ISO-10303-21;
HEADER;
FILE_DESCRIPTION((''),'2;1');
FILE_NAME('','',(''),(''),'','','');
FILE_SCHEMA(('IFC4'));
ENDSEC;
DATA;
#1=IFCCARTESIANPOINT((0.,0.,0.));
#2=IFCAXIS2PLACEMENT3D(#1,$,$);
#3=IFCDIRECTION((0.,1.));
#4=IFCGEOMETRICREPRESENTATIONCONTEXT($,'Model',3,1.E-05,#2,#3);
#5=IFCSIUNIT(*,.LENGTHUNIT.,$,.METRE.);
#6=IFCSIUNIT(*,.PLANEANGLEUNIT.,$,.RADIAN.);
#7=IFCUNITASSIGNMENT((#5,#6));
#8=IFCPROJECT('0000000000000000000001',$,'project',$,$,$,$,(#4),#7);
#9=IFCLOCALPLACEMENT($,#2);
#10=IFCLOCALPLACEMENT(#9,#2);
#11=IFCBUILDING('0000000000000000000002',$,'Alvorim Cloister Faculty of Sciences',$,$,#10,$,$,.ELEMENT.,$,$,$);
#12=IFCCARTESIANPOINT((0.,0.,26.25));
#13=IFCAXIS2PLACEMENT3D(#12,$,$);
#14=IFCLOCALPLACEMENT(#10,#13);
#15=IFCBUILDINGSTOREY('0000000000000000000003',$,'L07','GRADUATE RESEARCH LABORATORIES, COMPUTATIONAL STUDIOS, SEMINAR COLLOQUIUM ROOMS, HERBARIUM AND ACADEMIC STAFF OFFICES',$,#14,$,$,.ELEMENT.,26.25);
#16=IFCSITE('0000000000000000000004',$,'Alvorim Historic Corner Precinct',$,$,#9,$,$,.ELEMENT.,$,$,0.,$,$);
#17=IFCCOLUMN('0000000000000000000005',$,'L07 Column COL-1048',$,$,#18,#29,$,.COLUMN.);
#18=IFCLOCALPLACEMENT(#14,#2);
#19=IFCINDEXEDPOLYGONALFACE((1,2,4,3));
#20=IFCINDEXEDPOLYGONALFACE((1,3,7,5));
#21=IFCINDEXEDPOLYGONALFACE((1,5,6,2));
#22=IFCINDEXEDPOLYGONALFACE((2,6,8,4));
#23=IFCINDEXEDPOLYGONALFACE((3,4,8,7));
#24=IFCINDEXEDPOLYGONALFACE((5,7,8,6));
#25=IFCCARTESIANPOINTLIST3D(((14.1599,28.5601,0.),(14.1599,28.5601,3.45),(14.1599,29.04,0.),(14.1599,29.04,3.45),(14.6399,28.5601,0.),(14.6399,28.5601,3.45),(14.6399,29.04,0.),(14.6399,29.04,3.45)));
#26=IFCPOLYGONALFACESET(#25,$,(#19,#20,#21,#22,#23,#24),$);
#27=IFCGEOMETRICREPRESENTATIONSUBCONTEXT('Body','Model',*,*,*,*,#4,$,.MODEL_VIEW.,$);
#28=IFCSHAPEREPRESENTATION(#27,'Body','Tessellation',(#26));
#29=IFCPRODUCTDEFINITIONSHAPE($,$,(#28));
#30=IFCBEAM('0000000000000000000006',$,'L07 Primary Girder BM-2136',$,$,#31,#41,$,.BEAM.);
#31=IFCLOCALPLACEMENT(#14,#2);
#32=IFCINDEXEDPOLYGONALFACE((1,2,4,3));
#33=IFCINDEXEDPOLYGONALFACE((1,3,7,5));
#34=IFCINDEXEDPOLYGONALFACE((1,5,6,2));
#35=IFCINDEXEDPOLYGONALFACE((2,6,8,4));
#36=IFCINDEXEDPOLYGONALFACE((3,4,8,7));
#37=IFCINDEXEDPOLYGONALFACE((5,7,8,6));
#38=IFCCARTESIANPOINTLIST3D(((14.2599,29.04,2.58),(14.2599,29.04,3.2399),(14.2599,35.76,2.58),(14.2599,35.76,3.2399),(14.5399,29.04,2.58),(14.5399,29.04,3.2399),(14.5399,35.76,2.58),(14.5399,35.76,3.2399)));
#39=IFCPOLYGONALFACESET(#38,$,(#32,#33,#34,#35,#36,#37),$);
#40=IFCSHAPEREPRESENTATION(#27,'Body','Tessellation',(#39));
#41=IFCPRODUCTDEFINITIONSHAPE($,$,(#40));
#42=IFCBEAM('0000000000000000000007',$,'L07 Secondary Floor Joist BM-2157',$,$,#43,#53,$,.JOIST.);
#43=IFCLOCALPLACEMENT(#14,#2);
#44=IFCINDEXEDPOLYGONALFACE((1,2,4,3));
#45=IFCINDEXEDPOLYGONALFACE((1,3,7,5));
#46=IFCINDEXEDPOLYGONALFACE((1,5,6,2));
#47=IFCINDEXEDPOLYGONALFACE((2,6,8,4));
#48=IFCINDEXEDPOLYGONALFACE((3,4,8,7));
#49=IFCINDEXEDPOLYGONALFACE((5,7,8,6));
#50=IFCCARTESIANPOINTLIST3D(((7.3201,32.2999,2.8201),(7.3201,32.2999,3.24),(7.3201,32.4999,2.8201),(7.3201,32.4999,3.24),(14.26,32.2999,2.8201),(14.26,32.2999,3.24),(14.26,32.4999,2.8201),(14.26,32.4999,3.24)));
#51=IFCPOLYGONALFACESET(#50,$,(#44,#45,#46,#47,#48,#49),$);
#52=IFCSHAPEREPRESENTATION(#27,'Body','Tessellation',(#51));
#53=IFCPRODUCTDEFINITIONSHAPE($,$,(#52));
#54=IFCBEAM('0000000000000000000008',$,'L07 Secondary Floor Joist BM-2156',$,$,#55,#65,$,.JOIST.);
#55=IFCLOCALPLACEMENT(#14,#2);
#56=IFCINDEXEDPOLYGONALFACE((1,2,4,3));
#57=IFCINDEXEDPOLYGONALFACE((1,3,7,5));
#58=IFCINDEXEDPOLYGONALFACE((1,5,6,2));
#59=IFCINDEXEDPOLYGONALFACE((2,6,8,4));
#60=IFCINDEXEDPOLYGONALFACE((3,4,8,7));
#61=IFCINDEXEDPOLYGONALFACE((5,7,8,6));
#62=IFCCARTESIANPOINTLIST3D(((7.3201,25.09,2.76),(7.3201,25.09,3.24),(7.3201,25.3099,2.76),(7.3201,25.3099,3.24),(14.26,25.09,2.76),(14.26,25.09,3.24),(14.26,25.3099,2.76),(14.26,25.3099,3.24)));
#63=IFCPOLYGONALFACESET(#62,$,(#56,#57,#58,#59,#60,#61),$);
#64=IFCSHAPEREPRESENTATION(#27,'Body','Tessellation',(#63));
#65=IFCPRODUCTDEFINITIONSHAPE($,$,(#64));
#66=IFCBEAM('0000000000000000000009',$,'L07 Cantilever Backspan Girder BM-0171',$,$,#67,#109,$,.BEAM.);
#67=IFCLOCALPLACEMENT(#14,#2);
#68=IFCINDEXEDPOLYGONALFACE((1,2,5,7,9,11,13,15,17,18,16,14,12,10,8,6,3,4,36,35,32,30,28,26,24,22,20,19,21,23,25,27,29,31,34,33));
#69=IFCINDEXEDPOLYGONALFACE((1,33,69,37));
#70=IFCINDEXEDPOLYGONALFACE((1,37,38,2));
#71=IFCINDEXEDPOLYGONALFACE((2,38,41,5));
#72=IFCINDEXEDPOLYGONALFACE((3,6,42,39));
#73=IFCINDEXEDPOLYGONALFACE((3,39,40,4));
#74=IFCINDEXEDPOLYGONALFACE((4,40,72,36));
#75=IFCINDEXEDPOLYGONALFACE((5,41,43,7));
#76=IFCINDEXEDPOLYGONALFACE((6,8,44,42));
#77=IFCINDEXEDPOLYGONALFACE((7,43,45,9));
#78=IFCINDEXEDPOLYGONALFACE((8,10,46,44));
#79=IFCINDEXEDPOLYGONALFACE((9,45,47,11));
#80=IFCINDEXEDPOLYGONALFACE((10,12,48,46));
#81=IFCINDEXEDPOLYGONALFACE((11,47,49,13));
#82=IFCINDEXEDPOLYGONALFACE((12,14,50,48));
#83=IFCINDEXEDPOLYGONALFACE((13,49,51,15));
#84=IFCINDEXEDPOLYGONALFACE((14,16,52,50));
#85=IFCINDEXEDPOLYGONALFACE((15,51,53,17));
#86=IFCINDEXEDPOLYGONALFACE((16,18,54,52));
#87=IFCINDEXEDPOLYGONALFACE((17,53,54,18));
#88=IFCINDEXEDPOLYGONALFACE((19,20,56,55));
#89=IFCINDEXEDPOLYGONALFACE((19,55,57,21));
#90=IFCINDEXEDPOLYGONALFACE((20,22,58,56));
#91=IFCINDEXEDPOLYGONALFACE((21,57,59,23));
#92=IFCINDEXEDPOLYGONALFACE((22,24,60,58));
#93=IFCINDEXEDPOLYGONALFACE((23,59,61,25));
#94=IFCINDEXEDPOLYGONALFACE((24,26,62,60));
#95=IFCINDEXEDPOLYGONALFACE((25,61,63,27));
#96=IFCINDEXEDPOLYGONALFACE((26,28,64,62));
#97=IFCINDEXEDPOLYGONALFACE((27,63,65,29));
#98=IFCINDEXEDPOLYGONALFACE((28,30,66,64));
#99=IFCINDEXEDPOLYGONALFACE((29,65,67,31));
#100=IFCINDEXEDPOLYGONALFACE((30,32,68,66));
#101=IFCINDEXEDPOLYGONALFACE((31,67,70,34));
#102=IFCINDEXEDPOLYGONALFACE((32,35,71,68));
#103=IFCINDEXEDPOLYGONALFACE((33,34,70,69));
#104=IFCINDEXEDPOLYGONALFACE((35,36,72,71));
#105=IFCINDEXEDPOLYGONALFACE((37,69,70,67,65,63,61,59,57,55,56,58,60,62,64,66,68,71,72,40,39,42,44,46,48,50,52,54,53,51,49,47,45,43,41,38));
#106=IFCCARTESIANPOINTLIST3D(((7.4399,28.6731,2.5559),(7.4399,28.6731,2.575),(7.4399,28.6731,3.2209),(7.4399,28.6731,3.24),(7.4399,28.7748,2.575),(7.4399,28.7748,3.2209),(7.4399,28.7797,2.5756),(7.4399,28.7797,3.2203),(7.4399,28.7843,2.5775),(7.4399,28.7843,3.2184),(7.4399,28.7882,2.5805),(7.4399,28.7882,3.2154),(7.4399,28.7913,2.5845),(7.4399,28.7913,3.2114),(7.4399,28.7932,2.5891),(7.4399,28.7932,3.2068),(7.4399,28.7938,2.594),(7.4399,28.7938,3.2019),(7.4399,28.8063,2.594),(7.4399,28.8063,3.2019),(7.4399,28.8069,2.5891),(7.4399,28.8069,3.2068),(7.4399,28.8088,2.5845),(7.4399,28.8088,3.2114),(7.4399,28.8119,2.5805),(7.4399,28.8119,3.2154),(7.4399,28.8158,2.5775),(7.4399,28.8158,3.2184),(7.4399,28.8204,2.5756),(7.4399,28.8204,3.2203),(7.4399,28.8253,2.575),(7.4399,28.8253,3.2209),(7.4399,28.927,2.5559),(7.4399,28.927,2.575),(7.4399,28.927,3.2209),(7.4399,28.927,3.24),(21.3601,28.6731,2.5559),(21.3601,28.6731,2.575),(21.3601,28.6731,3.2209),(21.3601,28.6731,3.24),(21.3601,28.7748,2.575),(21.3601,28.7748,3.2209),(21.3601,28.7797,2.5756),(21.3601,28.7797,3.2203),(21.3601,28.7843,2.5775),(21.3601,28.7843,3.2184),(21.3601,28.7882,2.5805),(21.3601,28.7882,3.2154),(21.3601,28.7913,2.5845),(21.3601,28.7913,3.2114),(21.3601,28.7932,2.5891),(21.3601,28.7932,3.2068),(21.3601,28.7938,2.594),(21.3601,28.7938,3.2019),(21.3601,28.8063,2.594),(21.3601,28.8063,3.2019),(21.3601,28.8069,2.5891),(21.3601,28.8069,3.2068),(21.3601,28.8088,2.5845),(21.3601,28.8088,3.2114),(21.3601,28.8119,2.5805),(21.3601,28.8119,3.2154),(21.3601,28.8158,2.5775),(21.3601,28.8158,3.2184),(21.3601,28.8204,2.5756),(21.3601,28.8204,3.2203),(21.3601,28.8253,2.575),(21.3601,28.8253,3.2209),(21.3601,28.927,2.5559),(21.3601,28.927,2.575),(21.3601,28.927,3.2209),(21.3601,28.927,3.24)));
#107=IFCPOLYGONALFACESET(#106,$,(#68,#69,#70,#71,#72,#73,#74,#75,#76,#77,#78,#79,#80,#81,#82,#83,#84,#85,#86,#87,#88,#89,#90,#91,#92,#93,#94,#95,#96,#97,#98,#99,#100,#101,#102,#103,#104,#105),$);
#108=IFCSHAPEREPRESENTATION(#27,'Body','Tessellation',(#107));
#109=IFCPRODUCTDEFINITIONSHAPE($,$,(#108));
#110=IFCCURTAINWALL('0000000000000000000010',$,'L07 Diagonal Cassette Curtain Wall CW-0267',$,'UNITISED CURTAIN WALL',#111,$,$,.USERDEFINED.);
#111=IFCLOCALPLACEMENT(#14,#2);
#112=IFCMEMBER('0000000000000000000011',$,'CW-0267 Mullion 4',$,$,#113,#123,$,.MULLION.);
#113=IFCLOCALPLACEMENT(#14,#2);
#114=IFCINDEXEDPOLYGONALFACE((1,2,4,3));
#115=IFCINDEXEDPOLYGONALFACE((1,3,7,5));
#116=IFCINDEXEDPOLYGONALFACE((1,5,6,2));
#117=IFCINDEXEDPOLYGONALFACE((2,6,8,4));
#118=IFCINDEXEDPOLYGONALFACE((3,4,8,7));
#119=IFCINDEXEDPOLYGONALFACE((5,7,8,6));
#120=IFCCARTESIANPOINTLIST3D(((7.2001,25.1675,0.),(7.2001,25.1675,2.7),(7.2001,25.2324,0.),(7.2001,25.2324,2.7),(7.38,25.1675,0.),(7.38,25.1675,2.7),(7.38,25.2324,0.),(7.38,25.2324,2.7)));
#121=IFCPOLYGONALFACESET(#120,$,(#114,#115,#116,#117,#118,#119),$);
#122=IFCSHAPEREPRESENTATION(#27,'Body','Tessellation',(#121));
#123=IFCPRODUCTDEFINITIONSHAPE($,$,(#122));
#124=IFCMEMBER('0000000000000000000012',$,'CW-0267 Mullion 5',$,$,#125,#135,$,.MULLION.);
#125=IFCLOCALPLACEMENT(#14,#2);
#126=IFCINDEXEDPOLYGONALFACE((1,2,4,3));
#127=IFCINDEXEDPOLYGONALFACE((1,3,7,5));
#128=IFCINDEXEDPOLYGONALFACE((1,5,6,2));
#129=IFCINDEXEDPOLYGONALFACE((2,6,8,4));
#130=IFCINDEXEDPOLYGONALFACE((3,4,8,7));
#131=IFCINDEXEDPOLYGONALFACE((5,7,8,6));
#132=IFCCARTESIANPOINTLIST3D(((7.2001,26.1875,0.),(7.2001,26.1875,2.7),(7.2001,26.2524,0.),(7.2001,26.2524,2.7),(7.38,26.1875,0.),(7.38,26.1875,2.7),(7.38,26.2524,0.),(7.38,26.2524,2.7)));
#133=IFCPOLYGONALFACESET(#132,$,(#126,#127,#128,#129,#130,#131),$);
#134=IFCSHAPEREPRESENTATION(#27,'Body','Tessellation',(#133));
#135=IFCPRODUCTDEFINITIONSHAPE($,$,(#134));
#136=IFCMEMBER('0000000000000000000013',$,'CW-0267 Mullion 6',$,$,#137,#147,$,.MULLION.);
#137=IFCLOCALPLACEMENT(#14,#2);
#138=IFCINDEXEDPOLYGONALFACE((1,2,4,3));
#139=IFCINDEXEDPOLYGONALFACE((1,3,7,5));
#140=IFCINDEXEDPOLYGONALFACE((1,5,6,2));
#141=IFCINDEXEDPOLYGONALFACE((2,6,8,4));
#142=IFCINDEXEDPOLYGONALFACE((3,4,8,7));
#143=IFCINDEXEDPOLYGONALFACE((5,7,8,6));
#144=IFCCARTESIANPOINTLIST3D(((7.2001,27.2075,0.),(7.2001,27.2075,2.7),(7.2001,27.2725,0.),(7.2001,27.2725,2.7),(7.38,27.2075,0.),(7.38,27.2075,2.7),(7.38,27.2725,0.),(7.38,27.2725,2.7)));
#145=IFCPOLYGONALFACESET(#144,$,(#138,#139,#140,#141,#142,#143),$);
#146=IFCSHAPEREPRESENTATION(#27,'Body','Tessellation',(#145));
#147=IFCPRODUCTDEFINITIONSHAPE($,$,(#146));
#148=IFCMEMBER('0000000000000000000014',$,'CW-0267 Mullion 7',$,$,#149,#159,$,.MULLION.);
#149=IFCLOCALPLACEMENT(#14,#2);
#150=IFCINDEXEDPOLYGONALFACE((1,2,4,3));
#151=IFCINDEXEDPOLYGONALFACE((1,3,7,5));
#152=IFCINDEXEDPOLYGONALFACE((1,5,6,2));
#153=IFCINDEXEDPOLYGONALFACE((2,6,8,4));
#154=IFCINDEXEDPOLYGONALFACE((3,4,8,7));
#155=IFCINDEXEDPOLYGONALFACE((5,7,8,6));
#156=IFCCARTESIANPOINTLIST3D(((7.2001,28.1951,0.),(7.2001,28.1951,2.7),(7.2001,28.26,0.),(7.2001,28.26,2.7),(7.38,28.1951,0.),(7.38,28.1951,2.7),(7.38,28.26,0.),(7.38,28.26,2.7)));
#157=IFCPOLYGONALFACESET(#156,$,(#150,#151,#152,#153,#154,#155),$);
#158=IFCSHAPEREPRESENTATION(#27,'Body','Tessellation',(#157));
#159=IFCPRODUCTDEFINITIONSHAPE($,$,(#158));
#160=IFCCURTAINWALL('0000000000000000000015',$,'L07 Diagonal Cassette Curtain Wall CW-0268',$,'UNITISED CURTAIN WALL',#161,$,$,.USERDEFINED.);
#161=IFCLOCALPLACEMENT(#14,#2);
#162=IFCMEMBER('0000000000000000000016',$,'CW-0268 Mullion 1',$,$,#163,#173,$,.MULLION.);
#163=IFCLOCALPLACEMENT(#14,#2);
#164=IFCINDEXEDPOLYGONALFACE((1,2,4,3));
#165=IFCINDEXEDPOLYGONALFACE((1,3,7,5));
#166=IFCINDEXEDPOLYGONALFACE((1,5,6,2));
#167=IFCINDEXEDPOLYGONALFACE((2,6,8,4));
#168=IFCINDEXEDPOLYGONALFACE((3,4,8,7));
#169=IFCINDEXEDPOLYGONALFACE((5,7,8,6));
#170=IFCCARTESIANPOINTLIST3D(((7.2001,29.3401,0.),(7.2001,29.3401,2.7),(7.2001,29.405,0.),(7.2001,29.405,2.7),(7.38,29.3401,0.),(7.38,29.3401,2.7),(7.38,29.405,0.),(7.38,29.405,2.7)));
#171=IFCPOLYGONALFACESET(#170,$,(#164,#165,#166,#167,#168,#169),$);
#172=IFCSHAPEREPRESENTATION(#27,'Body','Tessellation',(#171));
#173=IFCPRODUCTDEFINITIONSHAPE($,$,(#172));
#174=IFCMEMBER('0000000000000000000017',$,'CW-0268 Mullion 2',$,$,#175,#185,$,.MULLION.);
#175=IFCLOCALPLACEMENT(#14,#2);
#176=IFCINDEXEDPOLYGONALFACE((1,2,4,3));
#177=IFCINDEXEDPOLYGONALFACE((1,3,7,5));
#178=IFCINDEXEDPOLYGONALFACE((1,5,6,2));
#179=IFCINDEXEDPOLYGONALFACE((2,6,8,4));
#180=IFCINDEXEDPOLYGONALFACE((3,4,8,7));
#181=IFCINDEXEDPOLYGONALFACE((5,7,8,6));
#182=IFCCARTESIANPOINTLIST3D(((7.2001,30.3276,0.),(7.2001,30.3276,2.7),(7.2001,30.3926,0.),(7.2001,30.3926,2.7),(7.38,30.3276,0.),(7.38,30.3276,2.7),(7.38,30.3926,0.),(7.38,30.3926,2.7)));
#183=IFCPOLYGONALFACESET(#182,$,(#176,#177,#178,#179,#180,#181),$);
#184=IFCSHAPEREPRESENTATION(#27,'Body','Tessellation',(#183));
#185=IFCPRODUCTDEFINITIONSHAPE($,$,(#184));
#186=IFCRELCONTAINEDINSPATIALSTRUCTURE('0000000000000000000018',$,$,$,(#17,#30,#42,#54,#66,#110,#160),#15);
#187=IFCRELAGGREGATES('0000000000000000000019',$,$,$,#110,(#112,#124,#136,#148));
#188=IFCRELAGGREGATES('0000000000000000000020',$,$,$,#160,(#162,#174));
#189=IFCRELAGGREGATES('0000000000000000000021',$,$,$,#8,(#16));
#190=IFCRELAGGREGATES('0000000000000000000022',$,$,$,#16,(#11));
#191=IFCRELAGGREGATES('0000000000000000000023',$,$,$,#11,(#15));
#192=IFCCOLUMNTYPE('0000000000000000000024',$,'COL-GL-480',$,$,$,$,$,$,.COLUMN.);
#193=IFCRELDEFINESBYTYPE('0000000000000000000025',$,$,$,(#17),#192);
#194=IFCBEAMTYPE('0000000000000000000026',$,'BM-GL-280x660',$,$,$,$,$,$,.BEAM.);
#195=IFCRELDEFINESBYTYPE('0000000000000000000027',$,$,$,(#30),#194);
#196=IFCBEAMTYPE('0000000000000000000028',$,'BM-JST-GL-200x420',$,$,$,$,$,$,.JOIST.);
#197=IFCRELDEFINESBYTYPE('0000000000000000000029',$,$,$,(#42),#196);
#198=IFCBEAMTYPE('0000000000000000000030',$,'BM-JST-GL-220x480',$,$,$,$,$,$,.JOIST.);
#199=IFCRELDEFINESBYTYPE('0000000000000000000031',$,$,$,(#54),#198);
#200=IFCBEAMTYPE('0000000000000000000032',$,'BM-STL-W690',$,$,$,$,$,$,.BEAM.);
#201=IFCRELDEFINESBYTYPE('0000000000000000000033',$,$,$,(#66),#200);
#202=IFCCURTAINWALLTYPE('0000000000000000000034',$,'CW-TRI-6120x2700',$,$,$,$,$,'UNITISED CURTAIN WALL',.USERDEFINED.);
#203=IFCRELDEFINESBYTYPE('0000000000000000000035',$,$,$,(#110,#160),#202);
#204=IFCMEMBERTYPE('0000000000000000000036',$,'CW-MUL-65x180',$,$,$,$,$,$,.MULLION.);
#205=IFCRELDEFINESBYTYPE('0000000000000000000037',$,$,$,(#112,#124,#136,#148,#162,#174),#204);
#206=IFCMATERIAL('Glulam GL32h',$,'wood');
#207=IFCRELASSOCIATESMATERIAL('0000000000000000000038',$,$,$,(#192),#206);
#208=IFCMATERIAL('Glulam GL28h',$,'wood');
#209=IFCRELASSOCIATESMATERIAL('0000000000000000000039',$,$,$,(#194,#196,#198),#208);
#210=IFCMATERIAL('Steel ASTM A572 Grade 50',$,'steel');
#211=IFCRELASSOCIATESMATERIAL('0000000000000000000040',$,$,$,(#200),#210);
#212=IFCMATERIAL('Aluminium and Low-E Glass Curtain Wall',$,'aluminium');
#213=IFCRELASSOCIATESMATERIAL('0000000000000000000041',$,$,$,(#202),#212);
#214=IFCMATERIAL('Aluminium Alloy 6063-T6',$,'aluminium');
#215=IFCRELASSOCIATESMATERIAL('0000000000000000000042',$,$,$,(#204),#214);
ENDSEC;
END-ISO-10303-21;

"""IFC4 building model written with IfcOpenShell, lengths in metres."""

from ifc_helpers import new_model, si_unit, direction, frame, origin, origin_2d, place, context, subcontext, project, spatial, rectangle, i_section, extrude, material, material_profile, profile_set, type_object, element, aggregate, save


model = new_model("IFC4")

# Units and contexts
model_context = context("Model", 3, precision=1e-05, world=origin(), true_north=direction((0.0, 1.0)))
body_context = subcontext(model_context, "Body", "Model", "MODEL_VIEW")
ifc_project = project(units=[si_unit("LENGTHUNIT", "METRE"), si_unit("PLANEANGLEUNIT", "RADIAN")], contexts=[model_context])

# Site, building, storey
site_placement = place(None, origin())
site = spatial("IfcSite", under=ifc_project, at=site_placement, Name="Alvorim Historic Corner Precinct", CompositionType="ELEMENT", RefElevation=0.0)
building_placement = place(site_placement, origin())
building = spatial("IfcBuilding", under=site, at=building_placement, Name="Alvorim Cloister Faculty of Sciences", CompositionType="ELEMENT")
storey_placement = place(building_placement, frame((0.0, 0.0, 26.25)))
storey = spatial("IfcBuildingStorey", under=building, at=storey_placement, Name="L07", Description="GRADUATE RESEARCH LABORATORIES, COMPUTATIONAL STUDIOS, SEMINAR COLLOQUIUM ROOMS, HERBARIUM AND ACADEMIC STAFF OFFICES", CompositionType="ELEMENT", Elevation=26.25)

# Column
ifc_material_1 = material(Name="Glulam GL32h", Category="wood")
ifc_material_profile_1 = material_profile(ifc_material_1, rectangle(XDim=0.48, YDim=0.48, at=origin_2d()), Name="GL32-COL-480x480")
ifc_profile_set_1 = profile_set([ifc_material_profile_1], Name="Glulam GL32h")
column_type = type_object("IfcColumnType", Name="COL-GL-480", PredefinedType="COLUMN", material=ifc_profile_set_1)
column_placement = place(storey_placement, frame((14.3999, 28.8, 0.0), z_axis=(0.0, 0.0, 1.0), x_axis=(1.0, 0.0, 0.0)))
element("IfcColumn", 1, at=column_placement, inside=storey, type_object=column_type, Name="L07 Column COL-1048", PredefinedType="COLUMN", context=body_context, shape_type="SweptSolid", body=[
    extrude(rectangle(XDim=0.48, YDim=0.48, at=origin_2d()), origin(), (0.0, 0.0, 1.0), 3.45),
])

# Beams
ifc_material_2 = material(Name="Glulam GL28h", Category="wood")
ifc_material_profile_2 = material_profile(ifc_material_2, rectangle(XDim=0.28, YDim=0.6599, at=origin_2d()), Name="GL28-BM-280x660")
ifc_profile_set_2 = profile_set([ifc_material_profile_2], Name="Glulam GL28h")
beam_type_1 = type_object("IfcBeamType", Name="BM-GL-280x660", PredefinedType="BEAM", material=ifc_profile_set_2)
beam_1_placement = place(storey_placement, frame((14.3999, 29.04, 2.9099), z_axis=(0.0, 1.0, 0.0), x_axis=(-1.0, 0.0, 0.0)))
element("IfcBeam", 2, at=beam_1_placement, inside=storey, type_object=beam_type_1, Name="L07 Primary Girder BM-2136", PredefinedType="BEAM", context=body_context, shape_type="SweptSolid", body=[
    extrude(rectangle(XDim=0.28, YDim=0.6599, at=origin_2d()), origin(), (0.0, 0.0, 1.0), 6.72),
])
ifc_material_profile_3 = material_profile(ifc_material_2, rectangle(XDim=0.2, YDim=0.4199, at=origin_2d()), Name="GL28-JST-200x420")
ifc_profile_set_3 = profile_set([ifc_material_profile_3], Name="Glulam GL28h")
beam_type_2 = type_object("IfcBeamType", Name="BM-JST-GL-200x420", PredefinedType="JOIST", material=ifc_profile_set_3)
beam_2_placement = place(storey_placement, frame((7.3201, 32.3999, 3.03), z_axis=(1.0, 0.0, 0.0), x_axis=(0.0, 1.0, 0.0)))
element("IfcBeam", 3, at=beam_2_placement, inside=storey, type_object=beam_type_2, Name="L07 Secondary Floor Joist BM-2157", PredefinedType="JOIST", context=body_context, shape_type="SweptSolid", body=[
    extrude(rectangle(XDim=0.2, YDim=0.4199, at=origin_2d()), origin(), (0.0, 0.0, 1.0), 6.9399),
])
ifc_material_profile_4 = material_profile(ifc_material_2, rectangle(XDim=0.22, YDim=0.48, at=origin_2d()), Name="GL28-JST-220x480")
ifc_profile_set_4 = profile_set([ifc_material_profile_4], Name="Glulam GL28h")
beam_type_3 = type_object("IfcBeamType", Name="BM-JST-GL-220x480", PredefinedType="JOIST", material=ifc_profile_set_4)
beam_3_placement = place(storey_placement, frame((7.3201, 25.2, 3.0), z_axis=(1.0, 0.0, 0.0), x_axis=(0.0, 1.0, 0.0)))
element("IfcBeam", 4, at=beam_3_placement, inside=storey, type_object=beam_type_3, Name="L07 Secondary Floor Joist BM-2156", PredefinedType="JOIST", context=body_context, shape_type="SweptSolid", body=[
    extrude(rectangle(XDim=0.22, YDim=0.48, at=origin_2d()), origin(), (0.0, 0.0, 1.0), 6.9399),
])
ifc_material_3 = material(Name="Steel ASTM A572 Grade 50", Category="steel")
ifc_material_profile_5 = material_profile(ifc_material_3, i_section(OverallWidth=0.2539, OverallDepth=0.6841, WebThickness=0.0125, FlangeThickness=0.019, FilletRadius=0.019, at=origin_2d()), Name="W690x140.0")
ifc_profile_set_5 = profile_set([ifc_material_profile_5], Name="Steel ASTM A572 Grade 50")
beam_type_4 = type_object("IfcBeamType", Name="BM-STL-W690", PredefinedType="BEAM", material=ifc_profile_set_5)
beam_4_placement = place(storey_placement, frame((7.4399, 28.8, 2.8979), z_axis=(1.0, 0.0, 0.0), x_axis=(0.0, 1.0, 0.0)))
element("IfcBeam", 5, at=beam_4_placement, inside=storey, type_object=beam_type_4, Name="L07 Cantilever Backspan Girder BM-0171", PredefinedType="BEAM", context=body_context, shape_type="SweptSolid", body=[
    extrude(i_section(OverallWidth=0.2539, OverallDepth=0.6841, WebThickness=0.0125, FlangeThickness=0.019, FilletRadius=0.019, at=origin_2d()), origin(), (0.0, 0.0, 1.0), 13.9202),
])

# Curtain walls, members
ifc_material_4 = material(Name="Aluminium and Low-E Glass Curtain Wall", Category="aluminium")
curtain_wall_type = type_object("IfcCurtainWallType", Name="CW-TRI-6120x2700", ElementType="UNITISED CURTAIN WALL", PredefinedType="USERDEFINED", material=ifc_material_4)
curtain_wall_1_placement = place(storey_placement, origin())
curtain_wall_1 = element("IfcCurtainWall", 6, at=curtain_wall_1_placement, inside=storey, type_object=curtain_wall_type, Name="L07 Diagonal Cassette Curtain Wall CW-0267", ObjectType="UNITISED CURTAIN WALL", PredefinedType="USERDEFINED")
ifc_material_5 = material(Name="Aluminium Alloy 6063-T6", Category="aluminium")
ifc_material_profile_6 = material_profile(ifc_material_5, rectangle(XDim=0.0649, YDim=0.1799, at=origin_2d()), Name="ALU-MUL-65x180")
ifc_profile_set_6 = profile_set([ifc_material_profile_6], Name="Aluminium Alloy 6063-T6")
member_type_1 = type_object("IfcMemberType", Name="CW-MUL-65x180", PredefinedType="MULLION", material=ifc_profile_set_6)
member_1_placement = place(storey_placement, frame((7.29, 25.2, 0.0), z_axis=(0.0, 0.0, 1.0), x_axis=(0.0, 1.0, 0.0)))
member_1 = element("IfcMember", 7, at=member_1_placement, type_object=member_type_1, Name="CW-0267 Mullion 4", PredefinedType="MULLION", context=body_context, shape_type="SweptSolid", body=[
    extrude(rectangle(XDim=0.0649, YDim=0.1799, at=origin_2d()), origin(), (0.0, 0.0, 1.0), 2.7),
])
member_2_placement = place(storey_placement, frame((7.29, 26.22, 0.0), z_axis=(0.0, 0.0, 1.0), x_axis=(0.0, 1.0, 0.0)))
member_2 = element("IfcMember", 8, at=member_2_placement, type_object=member_type_1, Name="CW-0267 Mullion 5", PredefinedType="MULLION", context=body_context, shape_type="SweptSolid", body=[
    extrude(rectangle(XDim=0.0649, YDim=0.1799, at=origin_2d()), origin(), (0.0, 0.0, 1.0), 2.7),
])
member_3_placement = place(storey_placement, frame((7.29, 27.24, 0.0), z_axis=(0.0, 0.0, 1.0), x_axis=(0.0, 1.0, 0.0)))
member_3 = element("IfcMember", 9, at=member_3_placement, type_object=member_type_1, Name="CW-0267 Mullion 6", PredefinedType="MULLION", context=body_context, shape_type="SweptSolid", body=[
    extrude(rectangle(XDim=0.0649, YDim=0.1799, at=origin_2d()), origin(), (0.0, 0.0, 1.0), 2.7),
])
member_4_placement = place(storey_placement, frame((7.29, 28.2275, 0.0), z_axis=(0.0, 0.0, 1.0), x_axis=(0.0, 1.0, 0.0)))
member_4 = element("IfcMember", 10, at=member_4_placement, type_object=member_type_1, Name="CW-0267 Mullion 7", PredefinedType="MULLION", context=body_context, shape_type="SweptSolid", body=[
    extrude(rectangle(XDim=0.0649, YDim=0.1799, at=origin_2d()), origin(), (0.0, 0.0, 1.0), 2.7),
])
curtain_wall_2_placement = place(storey_placement, origin())
curtain_wall_2 = element("IfcCurtainWall", 11, at=curtain_wall_2_placement, inside=storey, type_object=curtain_wall_type, Name="L07 Diagonal Cassette Curtain Wall CW-0268", ObjectType="UNITISED CURTAIN WALL", PredefinedType="USERDEFINED")
member_5_placement = place(storey_placement, frame((7.29, 29.3726, 0.0), z_axis=(0.0, 0.0, 1.0), x_axis=(0.0, 1.0, 0.0)))
member_5 = element("IfcMember", 12, at=member_5_placement, type_object=member_type_1, Name="CW-0268 Mullion 1", PredefinedType="MULLION", context=body_context, shape_type="SweptSolid", body=[
    extrude(rectangle(XDim=0.0649, YDim=0.1799, at=origin_2d()), origin(), (0.0, 0.0, 1.0), 2.7),
])
member_6_placement = place(storey_placement, frame((7.29, 30.3601, 0.0), z_axis=(0.0, 0.0, 1.0), x_axis=(0.0, 1.0, 0.0)))
member_6 = element("IfcMember", 13, at=member_6_placement, type_object=member_type_1, Name="CW-0268 Mullion 2", PredefinedType="MULLION", context=body_context, shape_type="SweptSolid", body=[
    extrude(rectangle(XDim=0.0649, YDim=0.1799, at=origin_2d()), origin(), (0.0, 0.0, 1.0), 2.7),
])

aggregate(curtain_wall_1, [member_1, member_2, member_3, member_4])
aggregate(curtain_wall_2, [member_5, member_6])

save(model, "model.ifc")
